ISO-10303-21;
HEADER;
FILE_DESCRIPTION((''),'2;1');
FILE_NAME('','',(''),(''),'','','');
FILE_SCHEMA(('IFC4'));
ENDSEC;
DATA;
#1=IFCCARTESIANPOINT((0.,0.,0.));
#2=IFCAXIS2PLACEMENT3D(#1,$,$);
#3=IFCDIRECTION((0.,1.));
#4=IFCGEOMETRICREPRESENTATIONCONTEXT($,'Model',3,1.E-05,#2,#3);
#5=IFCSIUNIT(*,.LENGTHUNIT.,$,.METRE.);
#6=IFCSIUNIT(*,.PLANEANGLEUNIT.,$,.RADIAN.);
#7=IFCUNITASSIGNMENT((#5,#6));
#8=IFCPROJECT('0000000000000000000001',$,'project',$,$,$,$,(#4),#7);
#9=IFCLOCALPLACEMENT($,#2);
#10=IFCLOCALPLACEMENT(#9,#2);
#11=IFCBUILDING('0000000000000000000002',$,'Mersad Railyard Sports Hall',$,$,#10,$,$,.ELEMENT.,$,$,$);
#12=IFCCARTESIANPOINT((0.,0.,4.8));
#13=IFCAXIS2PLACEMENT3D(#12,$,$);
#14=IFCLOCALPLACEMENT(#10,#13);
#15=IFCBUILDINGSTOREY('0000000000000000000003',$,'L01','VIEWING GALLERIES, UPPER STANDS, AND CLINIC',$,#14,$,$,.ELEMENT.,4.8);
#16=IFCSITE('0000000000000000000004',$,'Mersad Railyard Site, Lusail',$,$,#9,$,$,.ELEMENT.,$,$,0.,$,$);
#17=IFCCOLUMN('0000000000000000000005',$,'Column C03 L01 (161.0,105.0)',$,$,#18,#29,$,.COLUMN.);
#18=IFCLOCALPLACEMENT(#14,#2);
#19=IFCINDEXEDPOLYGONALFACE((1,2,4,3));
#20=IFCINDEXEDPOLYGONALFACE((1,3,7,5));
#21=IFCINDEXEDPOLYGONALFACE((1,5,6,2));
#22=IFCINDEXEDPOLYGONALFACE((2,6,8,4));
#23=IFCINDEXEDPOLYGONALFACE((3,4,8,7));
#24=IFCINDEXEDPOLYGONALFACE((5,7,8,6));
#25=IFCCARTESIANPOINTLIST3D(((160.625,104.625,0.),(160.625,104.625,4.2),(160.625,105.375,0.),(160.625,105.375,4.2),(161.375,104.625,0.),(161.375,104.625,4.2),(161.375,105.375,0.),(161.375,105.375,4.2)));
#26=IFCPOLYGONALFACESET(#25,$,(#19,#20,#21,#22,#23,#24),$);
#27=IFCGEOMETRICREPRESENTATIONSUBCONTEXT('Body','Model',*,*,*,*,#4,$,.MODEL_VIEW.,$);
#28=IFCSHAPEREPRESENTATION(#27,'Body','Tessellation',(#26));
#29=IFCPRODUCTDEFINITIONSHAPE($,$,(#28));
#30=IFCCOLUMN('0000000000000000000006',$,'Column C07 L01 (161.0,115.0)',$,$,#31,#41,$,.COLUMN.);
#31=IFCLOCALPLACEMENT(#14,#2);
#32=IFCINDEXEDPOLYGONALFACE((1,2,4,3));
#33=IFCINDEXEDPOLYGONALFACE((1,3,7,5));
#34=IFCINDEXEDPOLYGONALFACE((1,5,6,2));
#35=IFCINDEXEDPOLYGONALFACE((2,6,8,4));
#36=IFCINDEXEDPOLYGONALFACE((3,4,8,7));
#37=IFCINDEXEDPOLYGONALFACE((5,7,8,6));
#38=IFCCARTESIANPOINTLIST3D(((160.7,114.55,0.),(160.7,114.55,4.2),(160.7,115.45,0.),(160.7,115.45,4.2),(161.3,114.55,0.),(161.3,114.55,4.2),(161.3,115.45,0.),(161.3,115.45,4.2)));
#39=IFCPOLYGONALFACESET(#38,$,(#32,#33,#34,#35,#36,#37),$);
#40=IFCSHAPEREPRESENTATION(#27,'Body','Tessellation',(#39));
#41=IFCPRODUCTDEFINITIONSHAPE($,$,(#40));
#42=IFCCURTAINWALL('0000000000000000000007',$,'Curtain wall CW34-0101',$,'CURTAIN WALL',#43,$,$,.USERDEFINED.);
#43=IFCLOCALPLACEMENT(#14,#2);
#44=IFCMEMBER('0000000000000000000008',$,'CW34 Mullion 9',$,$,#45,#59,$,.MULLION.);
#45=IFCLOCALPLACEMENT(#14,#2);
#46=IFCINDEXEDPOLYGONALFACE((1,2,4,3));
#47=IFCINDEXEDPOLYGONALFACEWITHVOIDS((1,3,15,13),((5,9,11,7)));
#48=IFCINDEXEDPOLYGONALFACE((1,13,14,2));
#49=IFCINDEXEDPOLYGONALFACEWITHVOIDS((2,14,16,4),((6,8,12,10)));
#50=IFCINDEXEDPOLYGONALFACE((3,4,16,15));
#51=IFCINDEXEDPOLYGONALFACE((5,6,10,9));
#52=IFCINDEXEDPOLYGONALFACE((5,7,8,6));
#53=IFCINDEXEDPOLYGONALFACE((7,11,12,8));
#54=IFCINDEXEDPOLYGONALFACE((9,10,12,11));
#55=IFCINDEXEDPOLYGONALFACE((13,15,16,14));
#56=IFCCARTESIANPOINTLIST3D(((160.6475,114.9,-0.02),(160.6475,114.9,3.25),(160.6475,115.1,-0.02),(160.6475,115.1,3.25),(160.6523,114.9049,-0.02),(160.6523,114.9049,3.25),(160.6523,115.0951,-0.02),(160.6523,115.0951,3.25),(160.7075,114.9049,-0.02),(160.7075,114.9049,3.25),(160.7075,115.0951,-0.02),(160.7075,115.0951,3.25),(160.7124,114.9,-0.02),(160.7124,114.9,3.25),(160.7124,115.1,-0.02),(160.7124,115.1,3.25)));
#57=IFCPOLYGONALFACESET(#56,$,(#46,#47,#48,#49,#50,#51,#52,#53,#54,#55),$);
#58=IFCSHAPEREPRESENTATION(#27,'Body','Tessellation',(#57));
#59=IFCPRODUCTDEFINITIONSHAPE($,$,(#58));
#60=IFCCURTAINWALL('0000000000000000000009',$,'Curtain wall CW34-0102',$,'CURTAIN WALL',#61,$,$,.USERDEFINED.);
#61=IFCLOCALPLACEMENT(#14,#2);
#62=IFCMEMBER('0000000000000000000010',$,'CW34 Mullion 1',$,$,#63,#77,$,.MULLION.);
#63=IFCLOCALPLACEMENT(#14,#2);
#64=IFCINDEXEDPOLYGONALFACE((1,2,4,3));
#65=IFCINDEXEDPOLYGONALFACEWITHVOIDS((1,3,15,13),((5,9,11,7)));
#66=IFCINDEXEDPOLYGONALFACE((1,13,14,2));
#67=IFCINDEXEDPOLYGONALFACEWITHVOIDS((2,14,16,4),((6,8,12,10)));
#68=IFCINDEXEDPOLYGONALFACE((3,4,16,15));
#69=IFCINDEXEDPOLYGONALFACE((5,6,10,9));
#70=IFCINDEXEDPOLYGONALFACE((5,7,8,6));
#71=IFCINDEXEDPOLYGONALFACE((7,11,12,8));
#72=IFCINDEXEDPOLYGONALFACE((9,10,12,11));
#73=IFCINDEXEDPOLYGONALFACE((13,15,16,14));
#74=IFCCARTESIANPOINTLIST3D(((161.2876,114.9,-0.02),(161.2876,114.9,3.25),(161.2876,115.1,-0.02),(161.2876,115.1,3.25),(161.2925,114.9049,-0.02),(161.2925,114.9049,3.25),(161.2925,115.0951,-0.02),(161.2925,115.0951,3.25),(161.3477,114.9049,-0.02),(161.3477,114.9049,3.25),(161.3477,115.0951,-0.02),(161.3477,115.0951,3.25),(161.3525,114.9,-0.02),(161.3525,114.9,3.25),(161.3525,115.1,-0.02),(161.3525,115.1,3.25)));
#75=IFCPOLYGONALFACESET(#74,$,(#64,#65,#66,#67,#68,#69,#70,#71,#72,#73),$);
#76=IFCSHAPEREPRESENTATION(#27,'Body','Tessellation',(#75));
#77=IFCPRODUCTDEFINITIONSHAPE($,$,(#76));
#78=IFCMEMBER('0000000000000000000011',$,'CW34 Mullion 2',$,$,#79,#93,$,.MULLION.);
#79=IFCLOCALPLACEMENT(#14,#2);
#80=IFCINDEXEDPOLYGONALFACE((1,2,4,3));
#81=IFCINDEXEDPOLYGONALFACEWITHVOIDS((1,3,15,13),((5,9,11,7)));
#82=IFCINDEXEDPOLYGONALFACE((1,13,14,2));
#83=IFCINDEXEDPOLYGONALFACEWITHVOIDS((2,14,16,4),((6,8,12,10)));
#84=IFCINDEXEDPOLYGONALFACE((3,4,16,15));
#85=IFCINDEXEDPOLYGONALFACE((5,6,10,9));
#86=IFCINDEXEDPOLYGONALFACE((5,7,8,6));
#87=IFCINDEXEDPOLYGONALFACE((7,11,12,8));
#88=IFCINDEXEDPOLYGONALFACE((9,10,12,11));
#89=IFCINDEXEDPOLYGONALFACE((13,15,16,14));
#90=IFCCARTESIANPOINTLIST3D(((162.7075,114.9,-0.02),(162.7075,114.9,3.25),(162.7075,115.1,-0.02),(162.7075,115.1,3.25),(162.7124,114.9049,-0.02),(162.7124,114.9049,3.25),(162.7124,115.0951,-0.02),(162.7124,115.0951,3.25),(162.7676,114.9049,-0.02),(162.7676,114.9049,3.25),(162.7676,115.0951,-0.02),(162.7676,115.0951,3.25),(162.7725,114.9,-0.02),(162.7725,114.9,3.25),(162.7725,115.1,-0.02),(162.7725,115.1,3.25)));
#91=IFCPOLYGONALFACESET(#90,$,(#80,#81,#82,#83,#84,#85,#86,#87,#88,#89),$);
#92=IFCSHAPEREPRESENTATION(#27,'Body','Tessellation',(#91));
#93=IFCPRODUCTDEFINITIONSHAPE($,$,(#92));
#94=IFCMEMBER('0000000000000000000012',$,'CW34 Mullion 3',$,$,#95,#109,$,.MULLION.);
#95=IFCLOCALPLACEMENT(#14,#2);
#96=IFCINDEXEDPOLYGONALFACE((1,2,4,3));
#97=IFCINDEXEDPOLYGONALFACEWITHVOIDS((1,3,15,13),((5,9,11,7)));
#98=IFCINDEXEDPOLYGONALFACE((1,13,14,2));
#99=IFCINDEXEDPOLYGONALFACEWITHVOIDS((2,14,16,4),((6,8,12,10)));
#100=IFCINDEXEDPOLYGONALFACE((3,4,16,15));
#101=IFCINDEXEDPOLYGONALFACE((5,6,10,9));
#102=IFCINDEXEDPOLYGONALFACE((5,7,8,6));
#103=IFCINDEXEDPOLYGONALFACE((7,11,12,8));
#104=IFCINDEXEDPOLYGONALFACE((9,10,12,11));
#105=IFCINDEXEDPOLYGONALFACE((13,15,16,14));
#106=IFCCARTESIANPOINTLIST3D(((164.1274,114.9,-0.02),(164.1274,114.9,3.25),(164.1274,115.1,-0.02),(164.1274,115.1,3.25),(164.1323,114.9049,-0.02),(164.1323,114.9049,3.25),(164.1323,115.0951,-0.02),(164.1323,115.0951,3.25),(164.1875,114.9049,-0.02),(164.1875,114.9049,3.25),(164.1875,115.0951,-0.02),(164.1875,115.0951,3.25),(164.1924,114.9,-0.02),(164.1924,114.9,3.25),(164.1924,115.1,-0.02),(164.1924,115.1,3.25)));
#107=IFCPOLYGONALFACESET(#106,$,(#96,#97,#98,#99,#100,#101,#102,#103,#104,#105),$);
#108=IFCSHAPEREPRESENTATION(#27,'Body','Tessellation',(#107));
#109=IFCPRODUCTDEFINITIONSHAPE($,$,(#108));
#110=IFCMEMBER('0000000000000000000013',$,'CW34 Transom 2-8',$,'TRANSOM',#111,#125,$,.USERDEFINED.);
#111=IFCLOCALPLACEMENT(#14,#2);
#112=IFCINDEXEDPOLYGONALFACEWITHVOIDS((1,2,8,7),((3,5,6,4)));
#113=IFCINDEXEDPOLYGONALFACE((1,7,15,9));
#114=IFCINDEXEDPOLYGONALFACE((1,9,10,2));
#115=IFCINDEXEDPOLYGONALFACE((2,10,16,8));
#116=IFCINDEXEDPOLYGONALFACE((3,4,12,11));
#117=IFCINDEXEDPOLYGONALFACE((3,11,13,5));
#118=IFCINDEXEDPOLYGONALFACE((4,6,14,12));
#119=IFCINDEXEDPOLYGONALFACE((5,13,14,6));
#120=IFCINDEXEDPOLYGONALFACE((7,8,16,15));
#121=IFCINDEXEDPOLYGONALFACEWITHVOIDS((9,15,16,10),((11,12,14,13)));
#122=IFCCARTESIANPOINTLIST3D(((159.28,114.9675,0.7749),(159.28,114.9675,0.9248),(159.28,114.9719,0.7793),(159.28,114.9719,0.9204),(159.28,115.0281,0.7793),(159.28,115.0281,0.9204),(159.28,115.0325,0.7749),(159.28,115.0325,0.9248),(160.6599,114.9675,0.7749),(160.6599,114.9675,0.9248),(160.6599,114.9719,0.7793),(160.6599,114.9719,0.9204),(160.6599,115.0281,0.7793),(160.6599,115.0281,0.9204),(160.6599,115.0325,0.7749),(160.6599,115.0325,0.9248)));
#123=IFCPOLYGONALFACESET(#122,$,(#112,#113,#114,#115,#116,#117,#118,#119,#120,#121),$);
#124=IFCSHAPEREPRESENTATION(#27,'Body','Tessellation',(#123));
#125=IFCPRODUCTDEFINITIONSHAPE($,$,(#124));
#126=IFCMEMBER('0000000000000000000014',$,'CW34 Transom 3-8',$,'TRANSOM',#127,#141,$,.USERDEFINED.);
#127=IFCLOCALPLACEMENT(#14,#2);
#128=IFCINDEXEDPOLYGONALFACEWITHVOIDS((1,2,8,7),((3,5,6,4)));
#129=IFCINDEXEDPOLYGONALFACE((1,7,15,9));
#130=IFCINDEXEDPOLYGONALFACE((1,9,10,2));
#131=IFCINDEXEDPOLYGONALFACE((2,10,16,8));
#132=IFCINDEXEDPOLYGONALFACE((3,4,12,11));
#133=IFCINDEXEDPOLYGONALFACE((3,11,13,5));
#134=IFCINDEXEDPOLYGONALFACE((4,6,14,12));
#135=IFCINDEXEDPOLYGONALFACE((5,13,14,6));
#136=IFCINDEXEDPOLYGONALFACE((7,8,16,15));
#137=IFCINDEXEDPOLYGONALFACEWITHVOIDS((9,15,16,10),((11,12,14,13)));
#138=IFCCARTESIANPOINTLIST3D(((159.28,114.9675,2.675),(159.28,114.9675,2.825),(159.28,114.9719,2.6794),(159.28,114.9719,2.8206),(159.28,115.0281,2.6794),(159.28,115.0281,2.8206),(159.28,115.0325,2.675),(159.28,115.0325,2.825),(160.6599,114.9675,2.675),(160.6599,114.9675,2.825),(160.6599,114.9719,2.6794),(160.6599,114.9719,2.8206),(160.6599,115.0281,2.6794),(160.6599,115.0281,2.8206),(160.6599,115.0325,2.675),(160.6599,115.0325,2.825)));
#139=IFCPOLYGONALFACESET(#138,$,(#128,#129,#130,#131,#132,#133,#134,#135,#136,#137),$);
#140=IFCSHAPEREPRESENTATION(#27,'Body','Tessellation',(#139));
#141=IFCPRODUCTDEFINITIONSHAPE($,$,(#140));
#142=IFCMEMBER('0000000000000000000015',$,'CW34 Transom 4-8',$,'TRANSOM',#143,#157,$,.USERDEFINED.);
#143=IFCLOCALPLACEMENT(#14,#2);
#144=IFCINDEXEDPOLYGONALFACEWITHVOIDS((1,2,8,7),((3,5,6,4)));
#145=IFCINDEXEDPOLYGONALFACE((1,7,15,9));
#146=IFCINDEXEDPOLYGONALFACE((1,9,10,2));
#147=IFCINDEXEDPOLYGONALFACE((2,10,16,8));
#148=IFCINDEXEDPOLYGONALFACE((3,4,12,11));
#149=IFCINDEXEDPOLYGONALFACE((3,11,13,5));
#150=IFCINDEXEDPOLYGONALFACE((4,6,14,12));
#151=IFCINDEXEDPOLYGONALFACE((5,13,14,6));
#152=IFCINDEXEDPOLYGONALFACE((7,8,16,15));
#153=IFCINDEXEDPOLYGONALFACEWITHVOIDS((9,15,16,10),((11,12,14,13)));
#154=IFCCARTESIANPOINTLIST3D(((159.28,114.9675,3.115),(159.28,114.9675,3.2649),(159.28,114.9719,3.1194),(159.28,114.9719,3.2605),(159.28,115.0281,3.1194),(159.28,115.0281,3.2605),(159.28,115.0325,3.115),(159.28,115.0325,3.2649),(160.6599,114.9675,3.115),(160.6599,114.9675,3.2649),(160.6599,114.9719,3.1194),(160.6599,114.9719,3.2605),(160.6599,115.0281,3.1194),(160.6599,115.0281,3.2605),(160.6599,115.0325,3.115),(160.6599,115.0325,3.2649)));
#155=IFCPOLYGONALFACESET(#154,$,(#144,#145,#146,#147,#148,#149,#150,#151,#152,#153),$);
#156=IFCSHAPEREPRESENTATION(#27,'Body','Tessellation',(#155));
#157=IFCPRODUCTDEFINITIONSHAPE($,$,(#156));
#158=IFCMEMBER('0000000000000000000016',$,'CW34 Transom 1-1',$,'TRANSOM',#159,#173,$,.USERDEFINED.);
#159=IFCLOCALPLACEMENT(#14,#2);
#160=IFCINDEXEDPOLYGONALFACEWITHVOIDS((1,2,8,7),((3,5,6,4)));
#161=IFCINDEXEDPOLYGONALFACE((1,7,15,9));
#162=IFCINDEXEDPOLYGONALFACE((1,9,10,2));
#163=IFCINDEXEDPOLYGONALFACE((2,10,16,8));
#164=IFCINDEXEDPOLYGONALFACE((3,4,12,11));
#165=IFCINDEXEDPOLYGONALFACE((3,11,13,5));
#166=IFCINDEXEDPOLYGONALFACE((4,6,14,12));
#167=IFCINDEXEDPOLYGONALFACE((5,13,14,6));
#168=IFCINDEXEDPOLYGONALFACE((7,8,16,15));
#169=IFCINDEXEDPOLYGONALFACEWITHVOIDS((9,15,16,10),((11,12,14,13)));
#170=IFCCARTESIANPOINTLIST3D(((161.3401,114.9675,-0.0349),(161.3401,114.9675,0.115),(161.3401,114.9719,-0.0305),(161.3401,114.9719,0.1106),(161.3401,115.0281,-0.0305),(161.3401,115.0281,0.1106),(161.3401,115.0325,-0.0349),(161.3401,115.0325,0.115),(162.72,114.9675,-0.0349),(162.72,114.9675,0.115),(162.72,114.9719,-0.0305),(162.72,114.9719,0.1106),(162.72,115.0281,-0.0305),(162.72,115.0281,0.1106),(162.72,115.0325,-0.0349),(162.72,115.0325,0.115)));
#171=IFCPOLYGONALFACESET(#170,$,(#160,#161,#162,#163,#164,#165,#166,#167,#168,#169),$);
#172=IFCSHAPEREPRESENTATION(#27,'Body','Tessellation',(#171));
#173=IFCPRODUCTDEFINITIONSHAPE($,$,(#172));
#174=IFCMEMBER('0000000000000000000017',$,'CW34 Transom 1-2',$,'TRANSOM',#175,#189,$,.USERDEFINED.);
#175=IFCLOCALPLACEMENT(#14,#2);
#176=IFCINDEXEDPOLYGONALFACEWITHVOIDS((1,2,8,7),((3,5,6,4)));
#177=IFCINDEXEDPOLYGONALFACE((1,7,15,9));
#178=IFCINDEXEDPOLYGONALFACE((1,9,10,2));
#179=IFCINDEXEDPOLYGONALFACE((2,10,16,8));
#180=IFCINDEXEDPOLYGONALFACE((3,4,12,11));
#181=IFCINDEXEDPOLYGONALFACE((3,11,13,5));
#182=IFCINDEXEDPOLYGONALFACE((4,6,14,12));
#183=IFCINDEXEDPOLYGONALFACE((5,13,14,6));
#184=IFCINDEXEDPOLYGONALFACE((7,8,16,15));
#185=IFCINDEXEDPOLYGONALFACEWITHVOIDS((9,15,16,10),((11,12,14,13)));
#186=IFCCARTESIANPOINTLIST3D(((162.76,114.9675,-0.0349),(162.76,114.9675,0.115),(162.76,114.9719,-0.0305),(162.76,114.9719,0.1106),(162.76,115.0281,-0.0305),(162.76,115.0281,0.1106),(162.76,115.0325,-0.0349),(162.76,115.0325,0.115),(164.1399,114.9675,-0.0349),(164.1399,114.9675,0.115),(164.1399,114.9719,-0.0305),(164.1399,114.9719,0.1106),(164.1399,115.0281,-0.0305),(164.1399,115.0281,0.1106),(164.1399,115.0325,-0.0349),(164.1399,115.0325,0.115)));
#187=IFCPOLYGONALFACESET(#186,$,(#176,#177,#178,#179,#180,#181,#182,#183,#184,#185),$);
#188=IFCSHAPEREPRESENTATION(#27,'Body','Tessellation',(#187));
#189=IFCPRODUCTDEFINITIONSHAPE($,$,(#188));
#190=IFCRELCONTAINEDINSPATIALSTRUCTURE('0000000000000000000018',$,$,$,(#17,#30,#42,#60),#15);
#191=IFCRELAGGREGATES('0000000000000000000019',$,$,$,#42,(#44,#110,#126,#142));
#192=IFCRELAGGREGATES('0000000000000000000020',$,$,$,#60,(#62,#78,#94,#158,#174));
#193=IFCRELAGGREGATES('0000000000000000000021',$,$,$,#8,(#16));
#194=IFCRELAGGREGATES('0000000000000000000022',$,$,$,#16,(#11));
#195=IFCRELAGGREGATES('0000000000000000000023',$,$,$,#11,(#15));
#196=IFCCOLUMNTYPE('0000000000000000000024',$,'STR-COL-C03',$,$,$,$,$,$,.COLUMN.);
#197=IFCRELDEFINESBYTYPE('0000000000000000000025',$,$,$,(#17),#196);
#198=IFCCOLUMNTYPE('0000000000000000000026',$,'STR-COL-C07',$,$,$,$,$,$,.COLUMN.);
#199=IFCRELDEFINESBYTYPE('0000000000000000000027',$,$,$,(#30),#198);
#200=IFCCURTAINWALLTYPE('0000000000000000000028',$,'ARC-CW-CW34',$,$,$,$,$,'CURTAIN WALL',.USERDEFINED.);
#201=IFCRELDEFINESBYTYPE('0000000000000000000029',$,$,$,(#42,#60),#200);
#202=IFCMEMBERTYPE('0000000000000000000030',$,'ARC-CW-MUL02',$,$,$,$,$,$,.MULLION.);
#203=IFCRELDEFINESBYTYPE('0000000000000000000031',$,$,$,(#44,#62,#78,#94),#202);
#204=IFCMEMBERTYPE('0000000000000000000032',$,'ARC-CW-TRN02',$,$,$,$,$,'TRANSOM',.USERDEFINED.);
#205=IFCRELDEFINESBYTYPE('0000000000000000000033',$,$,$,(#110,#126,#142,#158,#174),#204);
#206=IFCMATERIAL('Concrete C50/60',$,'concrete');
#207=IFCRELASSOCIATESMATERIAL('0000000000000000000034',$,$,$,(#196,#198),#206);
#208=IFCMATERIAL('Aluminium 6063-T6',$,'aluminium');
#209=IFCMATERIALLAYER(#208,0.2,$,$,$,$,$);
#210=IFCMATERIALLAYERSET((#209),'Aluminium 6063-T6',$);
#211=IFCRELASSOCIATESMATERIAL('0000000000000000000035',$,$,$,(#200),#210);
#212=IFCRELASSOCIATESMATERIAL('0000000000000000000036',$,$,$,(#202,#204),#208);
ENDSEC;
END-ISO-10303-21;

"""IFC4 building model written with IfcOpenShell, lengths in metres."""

from ifc_helpers import new_model, si_unit, direction, frame, origin, origin_2d, place, context, subcontext, project, spatial, rectangle, hollow_rectangle, extrude, material, layer, layer_set, material_profile, profile_set, type_object, element, aggregate, save


model = new_model("IFC4")

# Units and contexts
model_context = context("Model", 3, precision=1e-05, world=origin(), true_north=direction((0.0, 1.0)))
body_context = subcontext(model_context, "Body", "Model", "MODEL_VIEW")
ifc_project = project(units=[si_unit("LENGTHUNIT", "METRE"), si_unit("PLANEANGLEUNIT", "RADIAN")], contexts=[model_context])

# Site, building, storey
site_placement = place(None, origin())
site = spatial("IfcSite", under=ifc_project, at=site_placement, Name="Mersad Railyard Site, Lusail", CompositionType="ELEMENT", RefElevation=0.0)
building_placement = place(site_placement, origin())
building = spatial("IfcBuilding", under=site, at=building_placement, Name="Mersad Railyard Sports Hall", CompositionType="ELEMENT")
storey_placement = place(building_placement, frame((0.0, 0.0, 4.8)))
storey = spatial("IfcBuildingStorey", under=building, at=storey_placement, Name="L01", Description="VIEWING GALLERIES, UPPER STANDS, AND CLINIC", CompositionType="ELEMENT", Elevation=4.8)

# Columns
ifc_material_1 = material(Name="Concrete C50/60", Category="concrete")
ifc_material_profile_1 = material_profile(ifc_material_1, rectangle(XDim=0.75, YDim=0.75, at=origin_2d()), Name="RC 750x750")
ifc_profile_set_1 = profile_set([ifc_material_profile_1], Name="Concrete C50/60")
column_type_1 = type_object("IfcColumnType", Name="STR-COL-C03", PredefinedType="COLUMN", material=ifc_profile_set_1)
column_1_placement = place(storey_placement, frame((161.0, 105.0, 0.0), z_axis=(0.0, 0.0, 1.0), x_axis=(1.0, 0.0, 0.0)))
element("IfcColumn", 1, at=column_1_placement, inside=storey, type_object=column_type_1, Name="Column C03 L01 (161.0,105.0)", PredefinedType="COLUMN", context=body_context, shape_type="SweptSolid", body=[
    extrude(rectangle(XDim=0.75, YDim=0.75, at=origin_2d()), origin(), (0.0, 0.0, 1.0), 4.2),
])
ifc_material_profile_2 = material_profile(ifc_material_1, rectangle(XDim=0.6001, YDim=0.8999, at=origin_2d()), Name="RC 600x900")
ifc_profile_set_2 = profile_set([ifc_material_profile_2], Name="Concrete C50/60")
column_type_2 = type_object("IfcColumnType", Name="STR-COL-C07", PredefinedType="COLUMN", material=ifc_profile_set_2)
column_2_placement = place(storey_placement, frame((161.0, 115.0, 0.0), z_axis=(0.0, 0.0, 1.0), x_axis=(1.0, 0.0, 0.0)))
element("IfcColumn", 2, at=column_2_placement, inside=storey, type_object=column_type_2, Name="Column C07 L01 (161.0,115.0)", PredefinedType="COLUMN", context=body_context, shape_type="SweptSolid", body=[
    extrude(rectangle(XDim=0.6001, YDim=0.8999, at=origin_2d()), origin(), (0.0, 0.0, 1.0), 4.2),
])

# Curtain wall, member
ifc_material_2 = material(Name="Aluminium 6063-T6", Category="aluminium")
ifc_layer_1 = layer(ifc_material_2, 0.2)
ifc_layer_set_1 = layer_set([ifc_layer_1], Name="Aluminium 6063-T6")
curtain_wall_type = type_object("IfcCurtainWallType", Name="ARC-CW-CW34", ElementType="CURTAIN WALL", PredefinedType="USERDEFINED", material=ifc_layer_set_1)
curtain_wall_1_placement = place(storey_placement, origin())
curtain_wall_1 = element("IfcCurtainWall", 3, at=curtain_wall_1_placement, inside=storey, type_object=curtain_wall_type, Name="Curtain wall CW34-0101", ObjectType="CURTAIN WALL", PredefinedType="USERDEFINED")
ifc_material_profile_3 = material_profile(ifc_material_2, hollow_rectangle(XDim=0.0649, YDim=0.2, WallThickness=0.0049, at=origin_2d()), Name="AL MULLION 65x200x5")
ifc_profile_set_3 = profile_set([ifc_material_profile_3], Name="Aluminium 6063-T6")
member_type_1 = type_object("IfcMemberType", Name="ARC-CW-MUL02", PredefinedType="MULLION", material=ifc_profile_set_3)
member_1_placement = place(storey_placement, frame((160.6799, 115.0, -0.02), z_axis=(0.0, 0.0, 1.0), x_axis=(1.0, 0.0, 0.0)))
member_1 = element("IfcMember", 4, at=member_1_placement, type_object=member_type_1, Name="CW34 Mullion 9", PredefinedType="MULLION", context=body_context, shape_type="SweptSolid", body=[
    extrude(hollow_rectangle(XDim=0.0649, YDim=0.2, WallThickness=0.0049, at=origin_2d()), origin(), (0.0, 0.0, 1.0), 3.27),
])

# Curtain wall, members
curtain_wall_2_placement = place(storey_placement, origin())
curtain_wall_2 = element("IfcCurtainWall", 5, at=curtain_wall_2_placement, inside=storey, type_object=curtain_wall_type, Name="Curtain wall CW34-0102", ObjectType="CURTAIN WALL", PredefinedType="USERDEFINED")
member_2_placement = place(storey_placement, frame((161.3201, 115.0, -0.02), z_axis=(0.0, 0.0, 1.0), x_axis=(1.0, 0.0, 0.0)))
member_2 = element("IfcMember", 6, at=member_2_placement, type_object=member_type_1, Name="CW34 Mullion 1", PredefinedType="MULLION", context=body_context, shape_type="SweptSolid", body=[
    extrude(hollow_rectangle(XDim=0.0649, YDim=0.2, WallThickness=0.0049, at=origin_2d()), origin(), (0.0, 0.0, 1.0), 3.27),
])
member_3_placement = place(storey_placement, frame((162.74, 115.0, -0.02), z_axis=(0.0, 0.0, 1.0), x_axis=(1.0, 0.0, 0.0)))
member_3 = element("IfcMember", 7, at=member_3_placement, type_object=member_type_1, Name="CW34 Mullion 2", PredefinedType="MULLION", context=body_context, shape_type="SweptSolid", body=[
    extrude(hollow_rectangle(XDim=0.0649, YDim=0.2, WallThickness=0.0049, at=origin_2d()), origin(), (0.0, 0.0, 1.0), 3.27),
])
member_4_placement = place(storey_placement, frame((164.1599, 115.0, -0.02), z_axis=(0.0, 0.0, 1.0), x_axis=(1.0, 0.0, 0.0)))
member_4 = element("IfcMember", 8, at=member_4_placement, type_object=member_type_1, Name="CW34 Mullion 3", PredefinedType="MULLION", context=body_context, shape_type="SweptSolid", body=[
    extrude(hollow_rectangle(XDim=0.0649, YDim=0.2, WallThickness=0.0049, at=origin_2d()), origin(), (0.0, 0.0, 1.0), 3.27),
])

# Members
ifc_material_profile_4 = material_profile(ifc_material_2, hollow_rectangle(XDim=0.0649, YDim=0.1499, WallThickness=0.0044, at=origin_2d()), Name="AL TRANSOM 65x150x4.5")
ifc_profile_set_4 = profile_set([ifc_material_profile_4], Name="Aluminium 6063-T6")
member_type_2 = type_object("IfcMemberType", Name="ARC-CW-TRN02", ElementType="TRANSOM", PredefinedType="USERDEFINED", material=ifc_profile_set_4)
member_5_placement = place(storey_placement, frame((159.28, 115.0, 0.8499), z_axis=(1.0, 0.0, 0.0), x_axis=(0.0, 1.0, 0.0)))
member_5 = element("IfcMember", 9, at=member_5_placement, type_object=member_type_2, Name="CW34 Transom 2-8", ObjectType="TRANSOM", PredefinedType="USERDEFINED", context=body_context, shape_type="SweptSolid", body=[
    extrude(hollow_rectangle(XDim=0.0649, YDim=0.1499, WallThickness=0.0044, at=origin_2d()), origin(), (0.0, 0.0, 1.0), 1.3799),
])
member_6_placement = place(storey_placement, frame((159.28, 115.0, 2.75), z_axis=(1.0, 0.0, 0.0), x_axis=(0.0, 1.0, 0.0)))
member_6 = element("IfcMember", 10, at=member_6_placement, type_object=member_type_2, Name="CW34 Transom 3-8", ObjectType="TRANSOM", PredefinedType="USERDEFINED", context=body_context, shape_type="SweptSolid", body=[
    extrude(hollow_rectangle(XDim=0.0649, YDim=0.1499, WallThickness=0.0044, at=origin_2d()), origin(), (0.0, 0.0, 1.0), 1.3799),
])
member_7_placement = place(storey_placement, frame((159.28, 115.0, 3.1899), z_axis=(1.0, 0.0, 0.0), x_axis=(0.0, 1.0, 0.0)))
member_7 = element("IfcMember", 11, at=member_7_placement, type_object=member_type_2, Name="CW34 Transom 4-8", ObjectType="TRANSOM", PredefinedType="USERDEFINED", context=body_context, shape_type="SweptSolid", body=[
    extrude(hollow_rectangle(XDim=0.0649, YDim=0.1499, WallThickness=0.0044, at=origin_2d()), origin(), (0.0, 0.0, 1.0), 1.3799),
])
member_8_placement = place(storey_placement, frame((161.3401, 115.0, 0.04), z_axis=(1.0, 0.0, 0.0), x_axis=(0.0, 1.0, 0.0)))
member_8 = element("IfcMember", 12, at=member_8_placement, type_object=member_type_2, Name="CW34 Transom 1-1", ObjectType="TRANSOM", PredefinedType="USERDEFINED", context=body_context, shape_type="SweptSolid", body=[
    extrude(hollow_rectangle(XDim=0.0649, YDim=0.1499, WallThickness=0.0044, at=origin_2d()), origin(), (0.0, 0.0, 1.0), 1.3799),
])
member_9_placement = place(storey_placement, frame((162.76, 115.0, 0.04), z_axis=(1.0, 0.0, 0.0), x_axis=(0.0, 1.0, 0.0)))
member_9 = element("IfcMember", 13, at=member_9_placement, type_object=member_type_2, Name="CW34 Transom 1-2", ObjectType="TRANSOM", PredefinedType="USERDEFINED", context=body_context, shape_type="SweptSolid", body=[
    extrude(hollow_rectangle(XDim=0.0649, YDim=0.1499, WallThickness=0.0044, at=origin_2d()), origin(), (0.0, 0.0, 1.0), 1.3799),
])

aggregate(curtain_wall_1, [member_1, member_5, member_6, member_7])
aggregate(curtain_wall_2, [member_2, member_3, member_4, member_8, member_9])

save(model, "model.ifc")
